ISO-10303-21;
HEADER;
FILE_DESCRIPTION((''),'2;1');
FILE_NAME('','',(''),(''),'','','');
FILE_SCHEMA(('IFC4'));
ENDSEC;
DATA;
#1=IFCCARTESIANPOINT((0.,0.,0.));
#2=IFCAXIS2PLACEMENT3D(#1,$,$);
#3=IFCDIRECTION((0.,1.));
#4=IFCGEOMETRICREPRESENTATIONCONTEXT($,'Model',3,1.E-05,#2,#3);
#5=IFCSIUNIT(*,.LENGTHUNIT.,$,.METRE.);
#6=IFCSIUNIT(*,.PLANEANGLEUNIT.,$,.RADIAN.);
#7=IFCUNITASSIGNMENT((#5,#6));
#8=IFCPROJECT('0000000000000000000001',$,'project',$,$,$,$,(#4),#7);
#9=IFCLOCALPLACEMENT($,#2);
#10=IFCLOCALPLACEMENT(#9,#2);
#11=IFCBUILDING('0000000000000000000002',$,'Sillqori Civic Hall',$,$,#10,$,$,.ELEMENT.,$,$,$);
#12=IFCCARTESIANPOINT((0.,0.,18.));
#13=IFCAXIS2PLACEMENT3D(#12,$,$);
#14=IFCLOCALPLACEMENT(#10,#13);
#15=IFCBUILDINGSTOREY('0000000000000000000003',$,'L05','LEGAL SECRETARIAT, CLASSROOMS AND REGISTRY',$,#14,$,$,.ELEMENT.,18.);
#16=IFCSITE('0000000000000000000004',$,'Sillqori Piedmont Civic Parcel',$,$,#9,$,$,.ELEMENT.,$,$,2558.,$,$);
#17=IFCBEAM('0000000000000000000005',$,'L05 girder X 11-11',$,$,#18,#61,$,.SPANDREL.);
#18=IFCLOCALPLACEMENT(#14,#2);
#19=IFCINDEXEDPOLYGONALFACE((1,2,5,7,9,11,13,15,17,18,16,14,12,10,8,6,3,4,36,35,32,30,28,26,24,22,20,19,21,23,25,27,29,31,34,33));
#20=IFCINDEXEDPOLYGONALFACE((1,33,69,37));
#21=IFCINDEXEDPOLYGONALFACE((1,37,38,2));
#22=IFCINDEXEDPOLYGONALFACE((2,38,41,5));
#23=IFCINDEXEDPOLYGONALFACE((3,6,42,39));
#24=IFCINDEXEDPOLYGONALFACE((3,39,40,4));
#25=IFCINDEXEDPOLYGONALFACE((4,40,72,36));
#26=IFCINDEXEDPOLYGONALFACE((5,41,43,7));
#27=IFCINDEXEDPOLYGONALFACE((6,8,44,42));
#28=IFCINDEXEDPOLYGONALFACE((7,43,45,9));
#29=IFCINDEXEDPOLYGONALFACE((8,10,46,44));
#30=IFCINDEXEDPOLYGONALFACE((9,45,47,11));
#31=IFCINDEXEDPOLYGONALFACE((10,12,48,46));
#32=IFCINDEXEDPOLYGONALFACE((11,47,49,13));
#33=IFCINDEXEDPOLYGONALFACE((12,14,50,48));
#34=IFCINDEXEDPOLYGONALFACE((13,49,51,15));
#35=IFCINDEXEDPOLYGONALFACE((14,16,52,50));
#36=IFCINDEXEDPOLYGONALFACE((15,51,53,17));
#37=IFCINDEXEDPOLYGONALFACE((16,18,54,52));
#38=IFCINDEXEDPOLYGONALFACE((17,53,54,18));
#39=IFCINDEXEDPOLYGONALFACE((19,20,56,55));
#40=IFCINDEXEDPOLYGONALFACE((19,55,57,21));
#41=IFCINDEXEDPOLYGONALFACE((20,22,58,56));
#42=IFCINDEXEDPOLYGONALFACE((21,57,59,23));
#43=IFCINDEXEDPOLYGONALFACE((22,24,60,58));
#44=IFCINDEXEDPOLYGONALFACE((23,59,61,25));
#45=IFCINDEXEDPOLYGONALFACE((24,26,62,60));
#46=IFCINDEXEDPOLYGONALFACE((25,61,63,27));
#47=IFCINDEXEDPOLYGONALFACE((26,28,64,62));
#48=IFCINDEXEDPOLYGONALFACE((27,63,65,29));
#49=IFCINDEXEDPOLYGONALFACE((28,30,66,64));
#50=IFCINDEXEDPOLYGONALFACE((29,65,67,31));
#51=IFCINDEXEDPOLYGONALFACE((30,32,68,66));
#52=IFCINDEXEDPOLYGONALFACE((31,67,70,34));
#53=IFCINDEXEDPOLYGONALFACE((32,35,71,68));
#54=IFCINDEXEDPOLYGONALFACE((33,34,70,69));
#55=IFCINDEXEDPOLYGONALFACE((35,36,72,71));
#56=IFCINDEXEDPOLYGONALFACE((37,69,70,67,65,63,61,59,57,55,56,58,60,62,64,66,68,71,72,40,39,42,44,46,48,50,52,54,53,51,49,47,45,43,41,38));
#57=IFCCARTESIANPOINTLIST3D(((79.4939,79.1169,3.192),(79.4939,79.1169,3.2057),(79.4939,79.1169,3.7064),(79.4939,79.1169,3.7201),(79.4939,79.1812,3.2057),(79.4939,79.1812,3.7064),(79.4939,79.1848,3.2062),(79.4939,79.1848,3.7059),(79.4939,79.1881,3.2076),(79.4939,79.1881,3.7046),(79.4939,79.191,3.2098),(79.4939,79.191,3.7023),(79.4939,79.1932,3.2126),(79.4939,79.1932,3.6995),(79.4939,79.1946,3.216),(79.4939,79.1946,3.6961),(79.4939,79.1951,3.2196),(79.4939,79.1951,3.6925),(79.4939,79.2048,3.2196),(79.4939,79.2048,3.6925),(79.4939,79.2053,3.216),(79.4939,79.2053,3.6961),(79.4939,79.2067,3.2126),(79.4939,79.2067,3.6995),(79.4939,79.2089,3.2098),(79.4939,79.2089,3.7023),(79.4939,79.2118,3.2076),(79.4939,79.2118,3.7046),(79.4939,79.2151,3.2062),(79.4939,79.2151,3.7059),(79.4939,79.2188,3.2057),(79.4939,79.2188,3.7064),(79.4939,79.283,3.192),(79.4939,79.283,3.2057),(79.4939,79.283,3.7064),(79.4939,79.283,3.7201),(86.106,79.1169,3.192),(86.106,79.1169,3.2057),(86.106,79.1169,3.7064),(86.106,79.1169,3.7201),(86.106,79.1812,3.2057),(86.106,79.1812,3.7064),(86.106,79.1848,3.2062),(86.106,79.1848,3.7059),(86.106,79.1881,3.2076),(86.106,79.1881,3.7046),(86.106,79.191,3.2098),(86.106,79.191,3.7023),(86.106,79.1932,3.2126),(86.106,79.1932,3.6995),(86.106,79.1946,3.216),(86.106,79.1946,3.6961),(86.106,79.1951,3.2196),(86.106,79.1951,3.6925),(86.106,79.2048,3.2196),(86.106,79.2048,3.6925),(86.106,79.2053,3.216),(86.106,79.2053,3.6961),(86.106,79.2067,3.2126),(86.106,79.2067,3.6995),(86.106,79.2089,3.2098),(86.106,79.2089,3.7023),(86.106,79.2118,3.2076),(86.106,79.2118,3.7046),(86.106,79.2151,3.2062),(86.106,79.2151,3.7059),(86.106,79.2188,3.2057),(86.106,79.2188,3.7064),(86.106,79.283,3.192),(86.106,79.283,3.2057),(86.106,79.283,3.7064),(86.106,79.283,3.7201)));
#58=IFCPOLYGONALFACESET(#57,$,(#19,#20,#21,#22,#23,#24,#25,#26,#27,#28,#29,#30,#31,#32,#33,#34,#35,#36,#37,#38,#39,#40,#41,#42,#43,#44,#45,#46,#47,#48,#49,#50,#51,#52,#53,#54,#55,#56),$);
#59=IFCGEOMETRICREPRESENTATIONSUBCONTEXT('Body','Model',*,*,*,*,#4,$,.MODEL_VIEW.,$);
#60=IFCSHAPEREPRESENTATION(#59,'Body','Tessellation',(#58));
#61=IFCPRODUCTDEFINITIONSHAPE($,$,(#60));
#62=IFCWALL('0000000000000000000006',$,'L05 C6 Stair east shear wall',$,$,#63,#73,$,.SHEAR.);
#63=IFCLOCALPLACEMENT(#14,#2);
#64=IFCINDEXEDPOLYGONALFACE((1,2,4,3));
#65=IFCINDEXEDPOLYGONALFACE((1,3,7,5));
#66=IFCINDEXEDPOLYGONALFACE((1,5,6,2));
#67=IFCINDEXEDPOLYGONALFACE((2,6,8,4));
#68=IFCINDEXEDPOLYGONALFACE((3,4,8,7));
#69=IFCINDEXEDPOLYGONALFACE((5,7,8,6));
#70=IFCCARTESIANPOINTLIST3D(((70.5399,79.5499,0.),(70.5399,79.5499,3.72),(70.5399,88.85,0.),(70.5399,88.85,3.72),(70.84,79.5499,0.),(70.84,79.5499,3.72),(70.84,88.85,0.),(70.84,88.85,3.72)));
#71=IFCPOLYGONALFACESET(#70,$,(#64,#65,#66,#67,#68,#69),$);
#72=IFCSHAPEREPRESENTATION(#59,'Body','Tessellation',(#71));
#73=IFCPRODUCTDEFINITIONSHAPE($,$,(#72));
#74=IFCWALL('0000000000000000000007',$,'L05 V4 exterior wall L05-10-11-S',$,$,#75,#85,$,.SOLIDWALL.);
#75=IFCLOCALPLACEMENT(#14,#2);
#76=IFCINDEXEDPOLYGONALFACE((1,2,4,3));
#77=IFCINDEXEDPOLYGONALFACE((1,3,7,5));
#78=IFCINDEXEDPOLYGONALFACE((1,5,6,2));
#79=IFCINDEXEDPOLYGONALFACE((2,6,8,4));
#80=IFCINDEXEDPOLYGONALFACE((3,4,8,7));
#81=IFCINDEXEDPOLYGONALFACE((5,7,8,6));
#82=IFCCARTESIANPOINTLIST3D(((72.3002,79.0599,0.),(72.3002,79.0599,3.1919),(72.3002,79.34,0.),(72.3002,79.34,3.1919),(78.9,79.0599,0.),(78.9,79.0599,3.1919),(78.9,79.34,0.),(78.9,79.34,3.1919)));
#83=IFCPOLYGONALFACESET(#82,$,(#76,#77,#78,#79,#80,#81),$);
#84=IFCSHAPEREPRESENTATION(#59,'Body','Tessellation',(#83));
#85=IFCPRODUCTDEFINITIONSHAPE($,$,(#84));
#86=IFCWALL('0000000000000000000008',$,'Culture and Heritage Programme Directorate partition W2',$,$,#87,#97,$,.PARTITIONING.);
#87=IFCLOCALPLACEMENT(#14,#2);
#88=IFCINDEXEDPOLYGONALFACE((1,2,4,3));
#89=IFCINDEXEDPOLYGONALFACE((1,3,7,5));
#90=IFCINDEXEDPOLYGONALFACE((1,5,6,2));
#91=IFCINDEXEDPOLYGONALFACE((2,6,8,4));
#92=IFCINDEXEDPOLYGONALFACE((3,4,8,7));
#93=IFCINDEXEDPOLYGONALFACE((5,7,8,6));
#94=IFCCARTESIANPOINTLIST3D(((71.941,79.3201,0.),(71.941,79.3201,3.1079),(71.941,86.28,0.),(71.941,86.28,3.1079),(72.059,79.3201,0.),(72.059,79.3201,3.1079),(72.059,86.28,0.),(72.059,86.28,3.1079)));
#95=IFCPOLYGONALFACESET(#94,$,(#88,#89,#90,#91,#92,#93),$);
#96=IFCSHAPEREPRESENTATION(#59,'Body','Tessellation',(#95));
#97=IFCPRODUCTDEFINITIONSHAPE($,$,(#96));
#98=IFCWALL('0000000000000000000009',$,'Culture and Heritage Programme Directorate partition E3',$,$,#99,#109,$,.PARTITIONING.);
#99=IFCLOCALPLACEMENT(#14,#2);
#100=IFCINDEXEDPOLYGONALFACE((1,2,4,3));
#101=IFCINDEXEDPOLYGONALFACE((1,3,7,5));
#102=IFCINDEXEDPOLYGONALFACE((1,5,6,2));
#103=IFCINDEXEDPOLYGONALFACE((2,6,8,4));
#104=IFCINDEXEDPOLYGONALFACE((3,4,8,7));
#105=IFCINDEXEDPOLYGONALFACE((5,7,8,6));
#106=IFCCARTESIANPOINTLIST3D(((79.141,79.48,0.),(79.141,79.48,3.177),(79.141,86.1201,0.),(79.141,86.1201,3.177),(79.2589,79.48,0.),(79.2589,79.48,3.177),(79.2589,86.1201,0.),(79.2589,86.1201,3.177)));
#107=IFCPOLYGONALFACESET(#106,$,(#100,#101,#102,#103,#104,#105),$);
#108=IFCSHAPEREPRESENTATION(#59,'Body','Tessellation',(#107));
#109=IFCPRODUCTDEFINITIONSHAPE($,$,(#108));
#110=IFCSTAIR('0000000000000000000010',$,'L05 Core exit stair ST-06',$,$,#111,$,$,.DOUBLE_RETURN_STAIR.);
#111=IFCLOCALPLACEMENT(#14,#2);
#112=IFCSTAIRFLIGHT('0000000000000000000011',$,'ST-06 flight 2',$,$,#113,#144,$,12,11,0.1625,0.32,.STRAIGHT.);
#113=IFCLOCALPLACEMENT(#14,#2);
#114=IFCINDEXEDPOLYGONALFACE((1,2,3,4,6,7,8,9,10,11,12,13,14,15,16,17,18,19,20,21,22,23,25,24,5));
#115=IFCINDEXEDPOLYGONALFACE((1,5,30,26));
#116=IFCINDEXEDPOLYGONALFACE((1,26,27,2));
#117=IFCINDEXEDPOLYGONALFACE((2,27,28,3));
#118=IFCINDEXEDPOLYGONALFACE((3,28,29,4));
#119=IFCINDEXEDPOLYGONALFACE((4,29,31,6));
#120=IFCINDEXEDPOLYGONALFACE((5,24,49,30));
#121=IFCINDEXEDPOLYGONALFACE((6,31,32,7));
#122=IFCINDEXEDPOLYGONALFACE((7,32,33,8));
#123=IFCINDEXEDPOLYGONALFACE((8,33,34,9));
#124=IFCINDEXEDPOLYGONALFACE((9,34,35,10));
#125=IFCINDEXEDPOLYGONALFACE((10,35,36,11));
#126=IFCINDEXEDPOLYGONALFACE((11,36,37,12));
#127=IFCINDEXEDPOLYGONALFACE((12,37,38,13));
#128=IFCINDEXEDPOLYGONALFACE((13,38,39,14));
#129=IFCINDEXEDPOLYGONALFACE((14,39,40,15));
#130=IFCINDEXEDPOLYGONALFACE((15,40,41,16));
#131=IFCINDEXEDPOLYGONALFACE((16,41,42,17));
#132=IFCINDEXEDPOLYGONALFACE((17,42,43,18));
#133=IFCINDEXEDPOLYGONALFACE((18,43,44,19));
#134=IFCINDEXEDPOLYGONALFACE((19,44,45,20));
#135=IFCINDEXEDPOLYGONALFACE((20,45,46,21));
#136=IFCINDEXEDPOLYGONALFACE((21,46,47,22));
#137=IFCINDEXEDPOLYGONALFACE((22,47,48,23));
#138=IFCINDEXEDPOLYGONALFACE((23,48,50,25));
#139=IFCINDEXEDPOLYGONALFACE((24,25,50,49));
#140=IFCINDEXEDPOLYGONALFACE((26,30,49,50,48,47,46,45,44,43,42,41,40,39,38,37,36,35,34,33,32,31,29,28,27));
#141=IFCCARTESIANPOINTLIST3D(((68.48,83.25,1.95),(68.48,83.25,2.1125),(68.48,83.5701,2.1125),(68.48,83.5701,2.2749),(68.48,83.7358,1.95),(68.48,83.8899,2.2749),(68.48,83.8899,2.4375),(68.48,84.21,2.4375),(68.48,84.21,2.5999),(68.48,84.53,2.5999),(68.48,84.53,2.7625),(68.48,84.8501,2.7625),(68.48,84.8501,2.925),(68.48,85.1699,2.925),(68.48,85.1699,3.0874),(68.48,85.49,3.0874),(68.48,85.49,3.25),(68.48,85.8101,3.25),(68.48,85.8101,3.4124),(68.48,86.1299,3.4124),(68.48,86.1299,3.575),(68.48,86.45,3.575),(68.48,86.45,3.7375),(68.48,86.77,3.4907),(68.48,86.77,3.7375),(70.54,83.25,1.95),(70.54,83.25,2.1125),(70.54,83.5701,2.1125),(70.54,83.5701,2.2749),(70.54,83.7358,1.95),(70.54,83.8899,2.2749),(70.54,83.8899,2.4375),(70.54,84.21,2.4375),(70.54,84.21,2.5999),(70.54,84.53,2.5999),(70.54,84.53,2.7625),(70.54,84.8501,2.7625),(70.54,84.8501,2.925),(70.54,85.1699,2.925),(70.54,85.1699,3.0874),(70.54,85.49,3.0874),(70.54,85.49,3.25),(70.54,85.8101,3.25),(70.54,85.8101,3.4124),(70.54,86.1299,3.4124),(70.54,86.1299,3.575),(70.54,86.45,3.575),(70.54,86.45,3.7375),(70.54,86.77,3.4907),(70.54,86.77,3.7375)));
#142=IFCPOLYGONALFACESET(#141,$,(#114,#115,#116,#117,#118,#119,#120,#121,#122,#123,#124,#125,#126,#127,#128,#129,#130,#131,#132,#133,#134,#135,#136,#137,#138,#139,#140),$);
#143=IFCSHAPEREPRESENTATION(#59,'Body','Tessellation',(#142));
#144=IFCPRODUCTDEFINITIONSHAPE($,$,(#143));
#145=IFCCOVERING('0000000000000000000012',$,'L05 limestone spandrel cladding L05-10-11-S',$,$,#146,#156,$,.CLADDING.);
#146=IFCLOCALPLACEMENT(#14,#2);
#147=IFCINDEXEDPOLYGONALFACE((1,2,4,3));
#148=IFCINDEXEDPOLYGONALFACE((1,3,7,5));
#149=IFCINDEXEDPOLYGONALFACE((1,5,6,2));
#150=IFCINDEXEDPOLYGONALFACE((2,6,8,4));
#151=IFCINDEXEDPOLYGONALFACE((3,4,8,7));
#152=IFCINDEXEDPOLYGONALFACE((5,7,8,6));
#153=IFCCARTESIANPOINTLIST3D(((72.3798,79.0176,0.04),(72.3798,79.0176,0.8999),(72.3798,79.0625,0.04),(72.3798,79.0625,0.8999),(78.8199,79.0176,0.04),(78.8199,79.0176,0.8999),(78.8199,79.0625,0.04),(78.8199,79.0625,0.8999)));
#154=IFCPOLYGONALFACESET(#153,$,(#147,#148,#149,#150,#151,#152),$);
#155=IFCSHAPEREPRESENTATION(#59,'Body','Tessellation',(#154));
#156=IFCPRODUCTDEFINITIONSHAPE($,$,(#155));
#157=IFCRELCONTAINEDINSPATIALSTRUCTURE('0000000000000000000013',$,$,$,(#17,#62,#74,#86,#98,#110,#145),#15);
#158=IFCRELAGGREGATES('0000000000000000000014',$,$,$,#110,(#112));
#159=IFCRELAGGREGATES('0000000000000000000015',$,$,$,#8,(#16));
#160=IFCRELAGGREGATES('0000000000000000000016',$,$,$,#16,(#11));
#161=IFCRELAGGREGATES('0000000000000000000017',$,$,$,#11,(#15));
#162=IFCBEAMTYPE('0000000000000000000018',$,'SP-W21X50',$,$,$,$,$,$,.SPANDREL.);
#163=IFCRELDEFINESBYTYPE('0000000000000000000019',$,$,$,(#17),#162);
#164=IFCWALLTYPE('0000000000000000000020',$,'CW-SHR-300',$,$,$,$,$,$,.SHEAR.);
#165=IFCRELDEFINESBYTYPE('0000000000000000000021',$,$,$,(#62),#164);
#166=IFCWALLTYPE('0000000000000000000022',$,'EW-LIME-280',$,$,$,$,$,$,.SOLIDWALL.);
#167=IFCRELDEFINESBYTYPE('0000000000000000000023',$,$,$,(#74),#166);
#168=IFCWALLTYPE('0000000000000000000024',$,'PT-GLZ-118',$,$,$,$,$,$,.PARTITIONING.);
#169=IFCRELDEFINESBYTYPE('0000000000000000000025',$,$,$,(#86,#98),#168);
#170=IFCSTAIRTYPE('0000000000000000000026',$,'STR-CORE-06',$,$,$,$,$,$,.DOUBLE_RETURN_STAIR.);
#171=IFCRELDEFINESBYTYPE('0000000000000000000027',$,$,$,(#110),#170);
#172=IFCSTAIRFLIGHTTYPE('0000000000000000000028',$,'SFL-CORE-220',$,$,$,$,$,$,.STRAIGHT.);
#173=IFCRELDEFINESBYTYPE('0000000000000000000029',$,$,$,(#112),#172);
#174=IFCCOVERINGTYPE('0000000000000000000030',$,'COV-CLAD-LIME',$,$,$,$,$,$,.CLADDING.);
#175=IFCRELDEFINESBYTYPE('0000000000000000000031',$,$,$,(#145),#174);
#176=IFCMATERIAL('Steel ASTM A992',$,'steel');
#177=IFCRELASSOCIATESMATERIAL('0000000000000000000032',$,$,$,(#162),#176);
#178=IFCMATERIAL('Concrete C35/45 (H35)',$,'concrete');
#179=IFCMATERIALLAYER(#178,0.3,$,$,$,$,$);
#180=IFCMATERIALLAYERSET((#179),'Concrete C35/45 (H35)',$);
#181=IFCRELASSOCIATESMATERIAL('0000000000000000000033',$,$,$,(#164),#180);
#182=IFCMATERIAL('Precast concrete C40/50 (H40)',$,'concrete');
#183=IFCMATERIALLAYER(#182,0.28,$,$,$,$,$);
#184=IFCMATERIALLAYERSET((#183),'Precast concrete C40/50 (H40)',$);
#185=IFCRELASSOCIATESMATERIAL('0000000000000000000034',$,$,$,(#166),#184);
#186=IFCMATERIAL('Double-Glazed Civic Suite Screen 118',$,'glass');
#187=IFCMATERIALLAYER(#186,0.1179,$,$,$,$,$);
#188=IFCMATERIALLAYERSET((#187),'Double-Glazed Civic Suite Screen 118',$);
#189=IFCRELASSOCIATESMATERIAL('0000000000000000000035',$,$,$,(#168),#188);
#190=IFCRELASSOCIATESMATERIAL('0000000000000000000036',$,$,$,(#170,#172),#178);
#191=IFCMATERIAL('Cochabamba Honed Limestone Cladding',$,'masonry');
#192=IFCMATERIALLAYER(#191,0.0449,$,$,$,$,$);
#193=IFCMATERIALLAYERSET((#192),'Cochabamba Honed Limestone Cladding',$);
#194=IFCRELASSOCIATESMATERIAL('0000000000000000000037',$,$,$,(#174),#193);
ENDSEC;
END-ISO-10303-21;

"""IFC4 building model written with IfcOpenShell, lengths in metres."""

from ifc_helpers import new_model, si_unit, direction, frame, frame_2d, origin, origin_2d, place, context, subcontext, project, spatial, polyline, rectangle, i_section, outline, extrude, material, layer, layer_set, material_profile, profile_set, type_object, element, aggregate, save


model = new_model("IFC4")

# Units and contexts
model_context = context("Model", 3, precision=1e-05, world=origin(), true_north=direction((0.0, 1.0)))
body_context = subcontext(model_context, "Body", "Model", "MODEL_VIEW")
ifc_project = project(units=[si_unit("LENGTHUNIT", "METRE"), si_unit("PLANEANGLEUNIT", "RADIAN")], contexts=[model_context])

# Site, building, storey
site_placement = place(None, origin())
site = spatial("IfcSite", under=ifc_project, at=site_placement, Name="Sillqori Piedmont Civic Parcel", CompositionType="ELEMENT", RefElevation=2558.0)
building_placement = place(site_placement, origin())
building = spatial("IfcBuilding", under=site, at=building_placement, Name="Sillqori Civic Hall", CompositionType="ELEMENT")
storey_placement = place(building_placement, frame((0.0, 0.0, 18.0)))
storey = spatial("IfcBuildingStorey", under=building, at=storey_placement, Name="L05", Description="LEGAL SECRETARIAT, CLASSROOMS AND REGISTRY", CompositionType="ELEMENT", Elevation=18.0)

# Shared definitions
ifc_material_1 = material(Name="Concrete C35/45 (H35)", Category="concrete")
ifc_material_2 = material(Name="Steel ASTM A992", Category="steel")

# Beam
ifc_material_profile_1 = material_profile(ifc_material_2, i_section(OverallWidth=0.166, OverallDepth=0.5281, WebThickness=0.0098, FlangeThickness=0.0137, FilletRadius=0.0139, at=origin_2d()), Name="W21X50")
ifc_profile_set_1 = profile_set([ifc_material_profile_1], Name="Steel ASTM A992")
beam_type_1 = type_object("IfcBeamType", Name="SP-W21X50", PredefinedType="SPANDREL", material=ifc_profile_set_1)
for number, where, z_axis, x_axis, name in (
    (1, (79.4939, 79.2, 3.4561), (1.0, 0.0, 0.0), (0.0, 1.0, 0.0), "L05 girder X 11-11"),
):
    element("IfcBeam", number, at=place(storey_placement, frame(where, z_axis=z_axis, x_axis=x_axis)), inside=storey, type_object=beam_type_1, Name=name, PredefinedType="SPANDREL", context=body_context, shape_type="SweptSolid", body=[
        extrude(i_section(OverallWidth=0.166, OverallDepth=0.5281, WebThickness=0.0098, FlangeThickness=0.0137, FilletRadius=0.0139, at=origin_2d()), origin(), (0.0, 0.0, 1.0), 6.6121),
    ])

# Walls
ifc_layer_1 = layer(ifc_material_1, 0.3)
ifc_layer_set_1 = layer_set([ifc_layer_1], Name="Concrete C35/45 (H35)")
wall_type_1 = type_object("IfcWallType", Name="CW-SHR-300", PredefinedType="SHEAR", material=ifc_layer_set_1)
wall_1_placement = place(storey_placement, frame((70.6899, 79.55, 0.0), z_axis=(0.0, 0.0, 1.0), x_axis=(0.0, 1.0, 0.0)))
element("IfcWall", 2, at=wall_1_placement, inside=storey, type_object=wall_type_1, Name="L05 C6 Stair east shear wall", PredefinedType="SHEAR", context=body_context, shape_type="SweptSolid", body=[
    extrude(rectangle(XDim=9.3, YDim=0.3, at=frame_2d((4.6499, 0.0))), origin(), (0.0, 0.0, 1.0), 3.72),
])
ifc_material_3 = material(Name="Precast concrete C40/50 (H40)", Category="concrete")
ifc_layer_2 = layer(ifc_material_3, 0.28)
ifc_layer_set_2 = layer_set([ifc_layer_2], Name="Precast concrete C40/50 (H40)")
wall_type_2 = type_object("IfcWallType", Name="EW-LIME-280", PredefinedType="SOLIDWALL", material=ifc_layer_set_2)
wall_2_placement = place(storey_placement, frame((78.8999, 79.2, 0.0), z_axis=(0.0, 0.0, 1.0), x_axis=(-1.0, 0.0, 0.0)))
element("IfcWall", 3, at=wall_2_placement, inside=storey, type_object=wall_type_2, Name="L05 V4 exterior wall L05-10-11-S", PredefinedType="SOLIDWALL", context=body_context, shape_type="SweptSolid", body=[
    extrude(rectangle(XDim=6.5999, YDim=0.28, at=frame_2d((3.2998, 0.0))), origin(), (0.0, 0.0, 1.0), 3.1919),
])
ifc_material_4 = material(Name="Double-Glazed Civic Suite Screen 118", Category="glass")
ifc_layer_3 = layer(ifc_material_4, 0.1179)
ifc_layer_set_3 = layer_set([ifc_layer_3], Name="Double-Glazed Civic Suite Screen 118")
wall_type_3 = type_object("IfcWallType", Name="PT-GLZ-118", PredefinedType="PARTITIONING", material=ifc_layer_set_3)
wall_3_placement = place(storey_placement, frame((72.0, 79.3201, 0.0), z_axis=(0.0, 0.0, 1.0), x_axis=(0.0, 1.0, 0.0)))
element("IfcWall", 4, at=wall_3_placement, inside=storey, type_object=wall_type_3, Name="Culture and Heritage Programme Directorate partition W2", PredefinedType="PARTITIONING", context=body_context, shape_type="SweptSolid", body=[
    extrude(rectangle(XDim=6.96, YDim=0.1179, at=frame_2d((3.48, 0.0))), origin(), (0.0, 0.0, 1.0), 3.1079),
])
wall_4_placement = place(storey_placement, frame((79.2, 86.1201, 0.0), z_axis=(0.0, 0.0, 1.0), x_axis=(0.0, -1.0, 0.0)))
element("IfcWall", 5, at=wall_4_placement, inside=storey, type_object=wall_type_3, Name="Culture and Heritage Programme Directorate partition E3", PredefinedType="PARTITIONING", context=body_context, shape_type="SweptSolid", body=[
    extrude(rectangle(XDim=6.6401, YDim=0.1179, at=frame_2d((3.3201, 0.0))), origin(), (0.0, 0.0, 1.0), 3.177),
])

# Stair, stair flight
stair_type = type_object("IfcStairType", Name="STR-CORE-06", PredefinedType="DOUBLE_RETURN_STAIR", material=ifc_material_1)
stair_placement = place(storey_placement, origin())
stair = element("IfcStair", 6, at=stair_placement, inside=storey, type_object=stair_type, Name="L05 Core exit stair ST-06", PredefinedType="DOUBLE_RETURN_STAIR")
stair_flight_type = type_object("IfcStairFlightType", Name="SFL-CORE-220", PredefinedType="STRAIGHT", material=ifc_material_1)
stair_flight_placement = place(storey_placement, frame((69.51, 83.25, 1.95), z_axis=(0.0, 0.0, 1.0), x_axis=(0.0, 1.0, 0.0)))
stair_flight = element("IfcStairFlight", 7, at=stair_flight_placement, type_object=stair_flight_type, Name="ST-06 flight 2", NumberOfRisers=12, NumberOfTreads=11, PredefinedType="STRAIGHT", RiserHeight=0.1625, TreadLength=0.32, context=body_context, shape_type="SweptSolid", body=[
    extrude(outline(polyline([(0.0, 0.0), (0.0, 0.1626), (0.3201, 0.1626), (0.3201, 0.325), (0.6399, 0.325), (0.6399, 0.4875), (0.96, 0.4875), (0.96, 0.6499), (1.28, 0.6499), (1.28, 0.8125), (1.6001, 0.8125), (1.6001, 0.9751), (1.9199, 0.9751), (1.9199, 1.1375), (2.24, 1.1375), (2.24, 1.3), (2.5601, 1.3), (2.5601, 1.4624), (2.8799, 1.4624), (2.8799, 1.625), (3.2, 1.625), (3.2, 1.7876), (3.52, 1.7876), (3.52, 1.95), (3.52, 1.5408), (0.4858, 0.0), (0.0, 0.0)])), frame((0.0, 1.03, 0.0), z_axis=(0.0, -1.0, 0.0), x_axis=(1.0, 0.0, 0.0)), (0.0, 0.0, 1.0), 2.0601),
])
aggregate(stair, [stair_flight])

# Covering
ifc_material_5 = material(Name="Cochabamba Honed Limestone Cladding", Category="masonry")
ifc_layer_4 = layer(ifc_material_5, 0.0449)
ifc_layer_set_4 = layer_set([ifc_layer_4], Name="Cochabamba Honed Limestone Cladding")
covering_type = type_object("IfcCoveringType", Name="COV-CLAD-LIME", PredefinedType="CLADDING", material=ifc_layer_set_4)
covering_placement = place(storey_placement, frame((78.8201, 79.04, 0.04), z_axis=(0.0, 0.0, 1.0), x_axis=(-1.0, 0.0, 0.0)))
element("IfcCovering", 8, at=covering_placement, inside=storey, type_object=covering_type, Name="L05 limestone spandrel cladding L05-10-11-S", PredefinedType="CLADDING", context=body_context, shape_type="SweptSolid", body=[
    extrude(rectangle(XDim=6.4402, YDim=0.0449, at=frame_2d((3.2202, 0.0))), origin(), (0.0, 0.0, 1.0), 0.8599),
])

save(model, "model.ifc")
